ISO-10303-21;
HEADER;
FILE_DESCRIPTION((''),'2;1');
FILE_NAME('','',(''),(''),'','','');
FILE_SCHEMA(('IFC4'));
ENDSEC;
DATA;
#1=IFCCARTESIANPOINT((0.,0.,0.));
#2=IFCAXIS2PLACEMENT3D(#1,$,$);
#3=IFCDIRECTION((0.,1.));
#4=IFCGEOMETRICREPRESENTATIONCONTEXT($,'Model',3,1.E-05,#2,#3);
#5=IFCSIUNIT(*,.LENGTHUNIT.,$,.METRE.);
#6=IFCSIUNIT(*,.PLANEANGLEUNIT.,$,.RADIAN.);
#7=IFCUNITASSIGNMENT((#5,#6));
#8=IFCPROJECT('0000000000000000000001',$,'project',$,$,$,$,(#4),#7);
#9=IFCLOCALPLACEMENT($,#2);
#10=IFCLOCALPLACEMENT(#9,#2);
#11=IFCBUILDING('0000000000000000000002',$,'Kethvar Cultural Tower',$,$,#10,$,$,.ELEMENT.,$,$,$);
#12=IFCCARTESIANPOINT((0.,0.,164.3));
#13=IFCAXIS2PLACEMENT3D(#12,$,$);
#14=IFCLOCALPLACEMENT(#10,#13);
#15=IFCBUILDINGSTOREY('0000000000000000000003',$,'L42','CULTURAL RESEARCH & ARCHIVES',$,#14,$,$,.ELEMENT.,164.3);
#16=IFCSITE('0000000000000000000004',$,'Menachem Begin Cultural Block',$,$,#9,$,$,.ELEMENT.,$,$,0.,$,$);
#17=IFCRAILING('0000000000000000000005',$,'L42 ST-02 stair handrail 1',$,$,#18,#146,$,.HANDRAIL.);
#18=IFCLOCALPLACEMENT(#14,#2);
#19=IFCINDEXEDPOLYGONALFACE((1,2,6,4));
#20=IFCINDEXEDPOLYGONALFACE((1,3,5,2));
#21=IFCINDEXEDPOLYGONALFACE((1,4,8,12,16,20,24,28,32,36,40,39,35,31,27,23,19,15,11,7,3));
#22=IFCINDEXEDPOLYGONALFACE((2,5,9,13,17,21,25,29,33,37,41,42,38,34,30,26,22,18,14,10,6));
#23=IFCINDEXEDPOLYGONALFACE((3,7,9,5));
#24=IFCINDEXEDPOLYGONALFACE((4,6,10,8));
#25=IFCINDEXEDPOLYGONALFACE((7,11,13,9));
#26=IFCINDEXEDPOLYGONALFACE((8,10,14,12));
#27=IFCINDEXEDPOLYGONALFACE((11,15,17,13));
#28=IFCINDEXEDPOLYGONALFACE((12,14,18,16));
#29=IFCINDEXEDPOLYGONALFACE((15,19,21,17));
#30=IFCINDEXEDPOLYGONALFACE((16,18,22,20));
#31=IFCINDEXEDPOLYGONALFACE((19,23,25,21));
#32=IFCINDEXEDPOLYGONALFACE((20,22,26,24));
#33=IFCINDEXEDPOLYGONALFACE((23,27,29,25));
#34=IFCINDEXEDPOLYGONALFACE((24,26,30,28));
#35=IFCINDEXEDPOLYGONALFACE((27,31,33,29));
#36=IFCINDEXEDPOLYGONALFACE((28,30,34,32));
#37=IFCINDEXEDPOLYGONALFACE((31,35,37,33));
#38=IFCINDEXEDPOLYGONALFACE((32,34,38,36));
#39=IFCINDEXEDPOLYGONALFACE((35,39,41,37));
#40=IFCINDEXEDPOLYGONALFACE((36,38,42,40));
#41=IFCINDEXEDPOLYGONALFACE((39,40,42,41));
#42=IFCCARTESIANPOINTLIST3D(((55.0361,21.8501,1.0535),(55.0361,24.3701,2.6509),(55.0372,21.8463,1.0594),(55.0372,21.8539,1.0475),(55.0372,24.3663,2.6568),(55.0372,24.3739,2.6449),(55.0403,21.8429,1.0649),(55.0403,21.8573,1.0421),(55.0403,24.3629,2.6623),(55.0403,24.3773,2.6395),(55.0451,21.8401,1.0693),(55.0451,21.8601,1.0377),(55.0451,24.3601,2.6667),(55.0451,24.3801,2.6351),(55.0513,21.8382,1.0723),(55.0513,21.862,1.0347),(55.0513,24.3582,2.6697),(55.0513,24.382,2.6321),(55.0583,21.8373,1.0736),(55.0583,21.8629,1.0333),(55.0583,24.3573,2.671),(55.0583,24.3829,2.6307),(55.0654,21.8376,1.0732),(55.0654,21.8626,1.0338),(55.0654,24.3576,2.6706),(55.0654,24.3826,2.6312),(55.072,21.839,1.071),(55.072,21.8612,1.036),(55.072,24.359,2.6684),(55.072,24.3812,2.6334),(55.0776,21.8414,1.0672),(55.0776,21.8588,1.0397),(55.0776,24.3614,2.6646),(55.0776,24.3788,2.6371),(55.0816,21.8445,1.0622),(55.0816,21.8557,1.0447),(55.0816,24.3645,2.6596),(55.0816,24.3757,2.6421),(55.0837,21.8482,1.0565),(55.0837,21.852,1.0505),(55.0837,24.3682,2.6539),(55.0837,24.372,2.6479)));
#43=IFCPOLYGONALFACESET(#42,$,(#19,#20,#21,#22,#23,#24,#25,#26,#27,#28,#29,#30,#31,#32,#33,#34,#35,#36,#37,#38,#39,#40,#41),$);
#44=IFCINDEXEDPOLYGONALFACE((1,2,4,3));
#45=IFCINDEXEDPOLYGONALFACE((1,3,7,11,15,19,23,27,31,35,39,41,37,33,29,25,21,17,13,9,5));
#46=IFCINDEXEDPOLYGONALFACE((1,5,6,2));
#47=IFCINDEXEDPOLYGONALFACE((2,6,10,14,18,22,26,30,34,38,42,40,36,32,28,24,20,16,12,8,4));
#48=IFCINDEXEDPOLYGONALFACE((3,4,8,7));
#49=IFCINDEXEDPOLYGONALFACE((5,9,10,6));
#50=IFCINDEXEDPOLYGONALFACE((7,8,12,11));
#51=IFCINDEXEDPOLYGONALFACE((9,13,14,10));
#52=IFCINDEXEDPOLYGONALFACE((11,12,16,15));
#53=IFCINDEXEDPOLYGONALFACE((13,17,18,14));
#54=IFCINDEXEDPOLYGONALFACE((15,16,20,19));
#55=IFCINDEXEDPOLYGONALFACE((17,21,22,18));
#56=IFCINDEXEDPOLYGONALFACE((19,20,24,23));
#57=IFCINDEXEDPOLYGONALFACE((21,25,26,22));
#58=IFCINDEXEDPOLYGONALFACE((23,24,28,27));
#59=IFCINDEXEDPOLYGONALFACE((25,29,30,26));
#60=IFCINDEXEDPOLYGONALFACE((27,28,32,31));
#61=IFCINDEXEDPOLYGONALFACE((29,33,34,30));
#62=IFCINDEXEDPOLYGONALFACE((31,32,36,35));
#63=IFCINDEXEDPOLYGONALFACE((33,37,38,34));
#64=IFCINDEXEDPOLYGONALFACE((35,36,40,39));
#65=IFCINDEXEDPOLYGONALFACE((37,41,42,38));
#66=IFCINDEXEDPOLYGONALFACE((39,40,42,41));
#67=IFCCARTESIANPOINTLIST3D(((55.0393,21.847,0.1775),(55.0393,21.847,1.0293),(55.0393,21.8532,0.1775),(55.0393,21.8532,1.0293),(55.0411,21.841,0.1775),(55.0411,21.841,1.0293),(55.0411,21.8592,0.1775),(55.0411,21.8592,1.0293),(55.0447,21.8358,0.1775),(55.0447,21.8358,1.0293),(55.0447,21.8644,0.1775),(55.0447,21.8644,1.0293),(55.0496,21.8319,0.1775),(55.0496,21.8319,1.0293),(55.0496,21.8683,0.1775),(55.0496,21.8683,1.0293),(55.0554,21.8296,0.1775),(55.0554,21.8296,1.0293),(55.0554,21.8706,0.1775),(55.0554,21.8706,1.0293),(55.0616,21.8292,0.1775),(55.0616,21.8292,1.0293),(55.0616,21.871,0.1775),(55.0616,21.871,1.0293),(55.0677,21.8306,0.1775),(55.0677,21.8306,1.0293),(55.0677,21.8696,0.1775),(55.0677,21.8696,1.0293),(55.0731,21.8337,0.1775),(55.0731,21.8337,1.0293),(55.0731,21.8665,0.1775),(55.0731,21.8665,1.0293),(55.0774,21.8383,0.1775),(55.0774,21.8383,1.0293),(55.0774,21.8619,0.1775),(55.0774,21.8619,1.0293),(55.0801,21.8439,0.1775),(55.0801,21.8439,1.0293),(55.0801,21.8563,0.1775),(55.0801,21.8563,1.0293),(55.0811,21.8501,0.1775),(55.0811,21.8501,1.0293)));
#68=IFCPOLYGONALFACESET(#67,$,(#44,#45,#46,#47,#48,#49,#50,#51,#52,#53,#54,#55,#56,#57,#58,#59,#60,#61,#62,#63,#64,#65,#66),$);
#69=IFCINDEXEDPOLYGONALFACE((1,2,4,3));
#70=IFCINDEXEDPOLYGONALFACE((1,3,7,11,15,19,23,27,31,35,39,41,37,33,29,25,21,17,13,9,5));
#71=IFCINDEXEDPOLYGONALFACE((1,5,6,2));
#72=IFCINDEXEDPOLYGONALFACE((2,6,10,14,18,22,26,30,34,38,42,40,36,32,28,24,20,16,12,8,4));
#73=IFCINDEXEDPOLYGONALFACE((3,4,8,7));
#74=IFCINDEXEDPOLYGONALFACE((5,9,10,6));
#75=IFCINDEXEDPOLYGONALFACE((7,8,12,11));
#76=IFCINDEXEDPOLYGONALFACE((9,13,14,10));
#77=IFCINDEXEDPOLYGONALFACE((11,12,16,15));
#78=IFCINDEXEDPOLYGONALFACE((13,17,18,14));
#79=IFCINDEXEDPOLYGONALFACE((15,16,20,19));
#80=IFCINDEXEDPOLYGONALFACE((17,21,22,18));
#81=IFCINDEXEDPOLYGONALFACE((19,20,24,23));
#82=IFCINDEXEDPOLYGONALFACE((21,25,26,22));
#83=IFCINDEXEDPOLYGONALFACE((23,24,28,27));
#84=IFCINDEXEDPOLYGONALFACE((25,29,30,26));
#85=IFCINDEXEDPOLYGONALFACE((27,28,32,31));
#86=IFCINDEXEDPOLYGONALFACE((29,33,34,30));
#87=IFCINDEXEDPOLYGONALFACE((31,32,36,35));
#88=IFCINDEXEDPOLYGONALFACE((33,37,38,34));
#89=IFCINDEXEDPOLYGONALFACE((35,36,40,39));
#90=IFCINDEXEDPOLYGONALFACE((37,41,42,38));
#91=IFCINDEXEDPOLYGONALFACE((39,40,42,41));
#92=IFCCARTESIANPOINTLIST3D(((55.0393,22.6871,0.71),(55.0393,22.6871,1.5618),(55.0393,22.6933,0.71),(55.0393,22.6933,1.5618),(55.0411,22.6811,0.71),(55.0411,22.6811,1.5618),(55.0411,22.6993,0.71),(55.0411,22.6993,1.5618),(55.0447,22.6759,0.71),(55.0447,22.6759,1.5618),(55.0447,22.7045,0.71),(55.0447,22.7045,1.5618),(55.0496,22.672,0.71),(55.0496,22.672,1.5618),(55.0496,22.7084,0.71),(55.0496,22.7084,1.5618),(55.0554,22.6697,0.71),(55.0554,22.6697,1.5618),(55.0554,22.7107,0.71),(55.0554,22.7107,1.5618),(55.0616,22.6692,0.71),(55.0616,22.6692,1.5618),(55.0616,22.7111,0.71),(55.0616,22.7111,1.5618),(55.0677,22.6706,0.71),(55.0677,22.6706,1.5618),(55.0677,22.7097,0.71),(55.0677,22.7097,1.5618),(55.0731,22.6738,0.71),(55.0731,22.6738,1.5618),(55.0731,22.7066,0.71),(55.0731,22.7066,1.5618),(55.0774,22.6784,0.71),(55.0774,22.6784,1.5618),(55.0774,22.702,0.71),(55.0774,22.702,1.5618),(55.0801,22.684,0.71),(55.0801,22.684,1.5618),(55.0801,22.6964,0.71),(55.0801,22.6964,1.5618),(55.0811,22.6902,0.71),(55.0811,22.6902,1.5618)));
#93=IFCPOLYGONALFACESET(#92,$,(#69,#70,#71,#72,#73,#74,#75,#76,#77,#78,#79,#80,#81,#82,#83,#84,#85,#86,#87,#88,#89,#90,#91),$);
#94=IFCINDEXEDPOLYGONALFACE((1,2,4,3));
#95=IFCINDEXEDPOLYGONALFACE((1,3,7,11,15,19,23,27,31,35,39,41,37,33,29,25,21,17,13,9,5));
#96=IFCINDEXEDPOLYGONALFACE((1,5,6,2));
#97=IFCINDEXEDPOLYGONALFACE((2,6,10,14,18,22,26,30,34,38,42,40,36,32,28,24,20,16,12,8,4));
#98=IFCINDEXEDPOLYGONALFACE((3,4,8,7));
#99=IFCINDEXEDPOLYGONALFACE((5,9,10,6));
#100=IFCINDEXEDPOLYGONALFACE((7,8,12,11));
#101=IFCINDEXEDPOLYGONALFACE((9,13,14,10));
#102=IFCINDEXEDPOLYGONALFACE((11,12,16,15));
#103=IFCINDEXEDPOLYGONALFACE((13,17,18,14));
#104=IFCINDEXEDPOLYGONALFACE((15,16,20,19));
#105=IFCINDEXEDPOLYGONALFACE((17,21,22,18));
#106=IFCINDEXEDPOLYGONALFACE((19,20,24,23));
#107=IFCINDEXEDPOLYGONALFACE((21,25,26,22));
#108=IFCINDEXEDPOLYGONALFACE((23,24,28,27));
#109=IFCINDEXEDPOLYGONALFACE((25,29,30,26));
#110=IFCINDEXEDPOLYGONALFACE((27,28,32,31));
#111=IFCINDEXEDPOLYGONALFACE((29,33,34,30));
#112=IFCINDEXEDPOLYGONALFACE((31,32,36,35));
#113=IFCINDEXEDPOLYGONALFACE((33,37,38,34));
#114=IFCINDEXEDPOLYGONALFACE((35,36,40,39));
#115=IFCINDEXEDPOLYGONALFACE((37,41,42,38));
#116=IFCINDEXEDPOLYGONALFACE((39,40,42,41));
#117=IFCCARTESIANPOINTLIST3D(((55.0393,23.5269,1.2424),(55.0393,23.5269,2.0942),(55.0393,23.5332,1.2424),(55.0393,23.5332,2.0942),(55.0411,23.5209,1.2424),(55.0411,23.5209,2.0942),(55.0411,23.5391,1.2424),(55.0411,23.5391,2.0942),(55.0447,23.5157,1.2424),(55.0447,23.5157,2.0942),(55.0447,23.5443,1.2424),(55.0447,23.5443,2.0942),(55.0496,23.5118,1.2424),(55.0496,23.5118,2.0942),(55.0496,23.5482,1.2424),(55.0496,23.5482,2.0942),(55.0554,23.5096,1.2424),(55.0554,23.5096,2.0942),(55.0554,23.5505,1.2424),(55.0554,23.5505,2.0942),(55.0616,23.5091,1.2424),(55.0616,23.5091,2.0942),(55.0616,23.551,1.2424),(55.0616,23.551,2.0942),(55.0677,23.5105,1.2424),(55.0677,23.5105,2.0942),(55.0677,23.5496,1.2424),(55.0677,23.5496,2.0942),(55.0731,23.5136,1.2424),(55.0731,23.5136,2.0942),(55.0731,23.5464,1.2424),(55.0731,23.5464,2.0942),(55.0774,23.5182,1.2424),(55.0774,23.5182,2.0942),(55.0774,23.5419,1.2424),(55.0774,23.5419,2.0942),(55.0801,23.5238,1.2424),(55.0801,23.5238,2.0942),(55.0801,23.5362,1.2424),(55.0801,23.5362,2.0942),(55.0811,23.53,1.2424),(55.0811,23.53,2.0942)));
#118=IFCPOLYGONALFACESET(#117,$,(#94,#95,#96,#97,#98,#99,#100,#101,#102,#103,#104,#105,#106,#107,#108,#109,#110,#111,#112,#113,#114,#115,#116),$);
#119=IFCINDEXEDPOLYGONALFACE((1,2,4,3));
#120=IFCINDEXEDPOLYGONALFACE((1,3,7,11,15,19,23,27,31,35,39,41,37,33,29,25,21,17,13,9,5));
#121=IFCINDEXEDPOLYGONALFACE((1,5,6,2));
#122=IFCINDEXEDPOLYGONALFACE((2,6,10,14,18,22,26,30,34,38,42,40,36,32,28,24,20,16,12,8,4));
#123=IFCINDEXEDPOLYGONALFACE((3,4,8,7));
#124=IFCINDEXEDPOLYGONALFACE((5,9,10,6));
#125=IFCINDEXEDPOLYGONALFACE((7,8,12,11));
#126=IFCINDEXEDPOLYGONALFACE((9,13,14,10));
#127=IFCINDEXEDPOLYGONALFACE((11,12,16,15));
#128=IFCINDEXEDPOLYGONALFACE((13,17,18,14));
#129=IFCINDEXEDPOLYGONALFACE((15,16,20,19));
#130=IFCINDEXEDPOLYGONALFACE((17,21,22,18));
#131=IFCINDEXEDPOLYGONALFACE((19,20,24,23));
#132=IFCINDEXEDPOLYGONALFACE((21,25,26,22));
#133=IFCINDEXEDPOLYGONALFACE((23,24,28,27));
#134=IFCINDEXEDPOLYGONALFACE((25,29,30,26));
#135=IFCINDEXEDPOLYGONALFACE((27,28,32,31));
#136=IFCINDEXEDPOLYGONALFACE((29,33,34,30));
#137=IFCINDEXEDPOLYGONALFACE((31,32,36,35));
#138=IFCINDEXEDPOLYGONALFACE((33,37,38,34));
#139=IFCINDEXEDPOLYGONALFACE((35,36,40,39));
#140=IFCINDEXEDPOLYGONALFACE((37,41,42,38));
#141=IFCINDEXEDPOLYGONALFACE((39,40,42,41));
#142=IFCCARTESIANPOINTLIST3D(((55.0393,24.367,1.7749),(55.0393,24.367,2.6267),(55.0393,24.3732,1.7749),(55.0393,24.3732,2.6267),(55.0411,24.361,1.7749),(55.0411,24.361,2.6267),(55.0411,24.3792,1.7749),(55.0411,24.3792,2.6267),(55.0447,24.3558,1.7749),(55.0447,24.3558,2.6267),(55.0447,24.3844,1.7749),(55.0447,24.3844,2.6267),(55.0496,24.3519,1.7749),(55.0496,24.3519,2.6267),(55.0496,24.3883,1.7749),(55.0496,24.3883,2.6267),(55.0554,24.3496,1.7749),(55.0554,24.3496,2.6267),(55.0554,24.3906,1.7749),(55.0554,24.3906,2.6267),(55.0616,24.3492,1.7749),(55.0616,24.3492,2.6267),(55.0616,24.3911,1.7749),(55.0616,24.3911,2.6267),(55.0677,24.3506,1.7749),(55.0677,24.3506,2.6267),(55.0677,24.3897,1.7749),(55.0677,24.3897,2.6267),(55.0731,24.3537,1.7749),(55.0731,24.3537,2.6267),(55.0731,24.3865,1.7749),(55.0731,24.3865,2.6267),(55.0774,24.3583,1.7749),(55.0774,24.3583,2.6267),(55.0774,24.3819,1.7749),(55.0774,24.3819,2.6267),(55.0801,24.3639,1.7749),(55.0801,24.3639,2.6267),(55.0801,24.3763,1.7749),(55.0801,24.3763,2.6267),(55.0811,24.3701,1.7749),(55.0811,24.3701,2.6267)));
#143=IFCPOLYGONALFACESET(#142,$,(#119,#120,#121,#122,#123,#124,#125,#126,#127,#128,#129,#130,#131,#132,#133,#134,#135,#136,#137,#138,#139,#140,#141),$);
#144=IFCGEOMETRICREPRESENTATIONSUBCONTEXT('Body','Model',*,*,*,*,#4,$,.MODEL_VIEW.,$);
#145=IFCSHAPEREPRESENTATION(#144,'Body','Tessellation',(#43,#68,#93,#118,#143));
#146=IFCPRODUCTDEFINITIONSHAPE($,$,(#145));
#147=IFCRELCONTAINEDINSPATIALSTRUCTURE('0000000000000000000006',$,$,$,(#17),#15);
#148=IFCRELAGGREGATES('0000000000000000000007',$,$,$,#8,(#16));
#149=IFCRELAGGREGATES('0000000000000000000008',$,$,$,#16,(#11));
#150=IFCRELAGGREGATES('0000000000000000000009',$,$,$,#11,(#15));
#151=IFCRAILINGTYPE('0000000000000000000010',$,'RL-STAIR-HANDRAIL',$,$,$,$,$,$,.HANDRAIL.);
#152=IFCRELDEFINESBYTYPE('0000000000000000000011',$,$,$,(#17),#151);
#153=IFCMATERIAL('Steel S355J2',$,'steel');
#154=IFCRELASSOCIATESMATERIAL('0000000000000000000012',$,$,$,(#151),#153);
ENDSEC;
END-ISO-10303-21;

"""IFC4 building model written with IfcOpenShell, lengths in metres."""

from ifc_helpers import new_model, si_unit, direction, frame, origin, origin_2d, place, context, subcontext, project, spatial, circle, extrude, material, type_object, element, save


model = new_model("IFC4")

# Units and contexts
model_context = context("Model", 3, precision=1e-05, world=origin(), true_north=direction((0.0, 1.0)))
body_context = subcontext(model_context, "Body", "Model", "MODEL_VIEW")
ifc_project = project(units=[si_unit("LENGTHUNIT", "METRE"), si_unit("PLANEANGLEUNIT", "RADIAN")], contexts=[model_context])

# Site, building, storey
site_placement = place(None, origin())
site = spatial("IfcSite", under=ifc_project, at=site_placement, Name="Menachem Begin Cultural Block", CompositionType="ELEMENT", RefElevation=0.0)
building_placement = place(site_placement, origin())
building = spatial("IfcBuilding", under=site, at=building_placement, Name="Kethvar Cultural Tower", CompositionType="ELEMENT")
storey_placement = place(building_placement, frame((0.0, 0.0, 164.3)))
storey = spatial("IfcBuildingStorey", under=building, at=storey_placement, Name="L42", Description="CULTURAL RESEARCH & ARCHIVES", CompositionType="ELEMENT", Elevation=164.3)

# Shared definitions
ifc_material_1 = material(Name="Steel S355J2", Category="steel")

# Railing
railing_type_1 = type_object("IfcRailingType", Name="RL-STAIR-HANDRAIL", PredefinedType="HANDRAIL", material=ifc_material_1)
railing_1_placement = place(storey_placement, frame((55.0601, 21.8501, 0.1775)))
element("IfcRailing", 1, at=railing_1_placement, inside=storey, type_object=railing_type_1, Name="L42 ST-02 stair handrail 1", PredefinedType="HANDRAIL", context=body_context, shape_type="SweptSolid", body=[
    extrude(circle(Radius=0.0239, at=origin_2d()), frame((0.0, 0.0, 0.876), z_axis=(0.0, 0.844607, 0.535387), x_axis=(-1.0, 0.0, 0.0)), (0.0, 0.0, 1.0), 2.9836),
    extrude(circle(Radius=0.021, at=origin_2d()), origin(), (0.0, 0.0, 1.0), 0.8518),
    extrude(circle(Radius=0.021, at=origin_2d()), frame((0.0, 0.8401, 0.5325)), (0.0, 0.0, 1.0), 0.8518),
    extrude(circle(Radius=0.021, at=origin_2d()), frame((0.0, 1.6799, 1.0649)), (0.0, 0.0, 1.0), 0.8518),
    extrude(circle(Radius=0.021, at=origin_2d()), frame((0.0, 2.52, 1.5974)), (0.0, 0.0, 1.0), 0.8518),
])

save(model, "model.ifc")
